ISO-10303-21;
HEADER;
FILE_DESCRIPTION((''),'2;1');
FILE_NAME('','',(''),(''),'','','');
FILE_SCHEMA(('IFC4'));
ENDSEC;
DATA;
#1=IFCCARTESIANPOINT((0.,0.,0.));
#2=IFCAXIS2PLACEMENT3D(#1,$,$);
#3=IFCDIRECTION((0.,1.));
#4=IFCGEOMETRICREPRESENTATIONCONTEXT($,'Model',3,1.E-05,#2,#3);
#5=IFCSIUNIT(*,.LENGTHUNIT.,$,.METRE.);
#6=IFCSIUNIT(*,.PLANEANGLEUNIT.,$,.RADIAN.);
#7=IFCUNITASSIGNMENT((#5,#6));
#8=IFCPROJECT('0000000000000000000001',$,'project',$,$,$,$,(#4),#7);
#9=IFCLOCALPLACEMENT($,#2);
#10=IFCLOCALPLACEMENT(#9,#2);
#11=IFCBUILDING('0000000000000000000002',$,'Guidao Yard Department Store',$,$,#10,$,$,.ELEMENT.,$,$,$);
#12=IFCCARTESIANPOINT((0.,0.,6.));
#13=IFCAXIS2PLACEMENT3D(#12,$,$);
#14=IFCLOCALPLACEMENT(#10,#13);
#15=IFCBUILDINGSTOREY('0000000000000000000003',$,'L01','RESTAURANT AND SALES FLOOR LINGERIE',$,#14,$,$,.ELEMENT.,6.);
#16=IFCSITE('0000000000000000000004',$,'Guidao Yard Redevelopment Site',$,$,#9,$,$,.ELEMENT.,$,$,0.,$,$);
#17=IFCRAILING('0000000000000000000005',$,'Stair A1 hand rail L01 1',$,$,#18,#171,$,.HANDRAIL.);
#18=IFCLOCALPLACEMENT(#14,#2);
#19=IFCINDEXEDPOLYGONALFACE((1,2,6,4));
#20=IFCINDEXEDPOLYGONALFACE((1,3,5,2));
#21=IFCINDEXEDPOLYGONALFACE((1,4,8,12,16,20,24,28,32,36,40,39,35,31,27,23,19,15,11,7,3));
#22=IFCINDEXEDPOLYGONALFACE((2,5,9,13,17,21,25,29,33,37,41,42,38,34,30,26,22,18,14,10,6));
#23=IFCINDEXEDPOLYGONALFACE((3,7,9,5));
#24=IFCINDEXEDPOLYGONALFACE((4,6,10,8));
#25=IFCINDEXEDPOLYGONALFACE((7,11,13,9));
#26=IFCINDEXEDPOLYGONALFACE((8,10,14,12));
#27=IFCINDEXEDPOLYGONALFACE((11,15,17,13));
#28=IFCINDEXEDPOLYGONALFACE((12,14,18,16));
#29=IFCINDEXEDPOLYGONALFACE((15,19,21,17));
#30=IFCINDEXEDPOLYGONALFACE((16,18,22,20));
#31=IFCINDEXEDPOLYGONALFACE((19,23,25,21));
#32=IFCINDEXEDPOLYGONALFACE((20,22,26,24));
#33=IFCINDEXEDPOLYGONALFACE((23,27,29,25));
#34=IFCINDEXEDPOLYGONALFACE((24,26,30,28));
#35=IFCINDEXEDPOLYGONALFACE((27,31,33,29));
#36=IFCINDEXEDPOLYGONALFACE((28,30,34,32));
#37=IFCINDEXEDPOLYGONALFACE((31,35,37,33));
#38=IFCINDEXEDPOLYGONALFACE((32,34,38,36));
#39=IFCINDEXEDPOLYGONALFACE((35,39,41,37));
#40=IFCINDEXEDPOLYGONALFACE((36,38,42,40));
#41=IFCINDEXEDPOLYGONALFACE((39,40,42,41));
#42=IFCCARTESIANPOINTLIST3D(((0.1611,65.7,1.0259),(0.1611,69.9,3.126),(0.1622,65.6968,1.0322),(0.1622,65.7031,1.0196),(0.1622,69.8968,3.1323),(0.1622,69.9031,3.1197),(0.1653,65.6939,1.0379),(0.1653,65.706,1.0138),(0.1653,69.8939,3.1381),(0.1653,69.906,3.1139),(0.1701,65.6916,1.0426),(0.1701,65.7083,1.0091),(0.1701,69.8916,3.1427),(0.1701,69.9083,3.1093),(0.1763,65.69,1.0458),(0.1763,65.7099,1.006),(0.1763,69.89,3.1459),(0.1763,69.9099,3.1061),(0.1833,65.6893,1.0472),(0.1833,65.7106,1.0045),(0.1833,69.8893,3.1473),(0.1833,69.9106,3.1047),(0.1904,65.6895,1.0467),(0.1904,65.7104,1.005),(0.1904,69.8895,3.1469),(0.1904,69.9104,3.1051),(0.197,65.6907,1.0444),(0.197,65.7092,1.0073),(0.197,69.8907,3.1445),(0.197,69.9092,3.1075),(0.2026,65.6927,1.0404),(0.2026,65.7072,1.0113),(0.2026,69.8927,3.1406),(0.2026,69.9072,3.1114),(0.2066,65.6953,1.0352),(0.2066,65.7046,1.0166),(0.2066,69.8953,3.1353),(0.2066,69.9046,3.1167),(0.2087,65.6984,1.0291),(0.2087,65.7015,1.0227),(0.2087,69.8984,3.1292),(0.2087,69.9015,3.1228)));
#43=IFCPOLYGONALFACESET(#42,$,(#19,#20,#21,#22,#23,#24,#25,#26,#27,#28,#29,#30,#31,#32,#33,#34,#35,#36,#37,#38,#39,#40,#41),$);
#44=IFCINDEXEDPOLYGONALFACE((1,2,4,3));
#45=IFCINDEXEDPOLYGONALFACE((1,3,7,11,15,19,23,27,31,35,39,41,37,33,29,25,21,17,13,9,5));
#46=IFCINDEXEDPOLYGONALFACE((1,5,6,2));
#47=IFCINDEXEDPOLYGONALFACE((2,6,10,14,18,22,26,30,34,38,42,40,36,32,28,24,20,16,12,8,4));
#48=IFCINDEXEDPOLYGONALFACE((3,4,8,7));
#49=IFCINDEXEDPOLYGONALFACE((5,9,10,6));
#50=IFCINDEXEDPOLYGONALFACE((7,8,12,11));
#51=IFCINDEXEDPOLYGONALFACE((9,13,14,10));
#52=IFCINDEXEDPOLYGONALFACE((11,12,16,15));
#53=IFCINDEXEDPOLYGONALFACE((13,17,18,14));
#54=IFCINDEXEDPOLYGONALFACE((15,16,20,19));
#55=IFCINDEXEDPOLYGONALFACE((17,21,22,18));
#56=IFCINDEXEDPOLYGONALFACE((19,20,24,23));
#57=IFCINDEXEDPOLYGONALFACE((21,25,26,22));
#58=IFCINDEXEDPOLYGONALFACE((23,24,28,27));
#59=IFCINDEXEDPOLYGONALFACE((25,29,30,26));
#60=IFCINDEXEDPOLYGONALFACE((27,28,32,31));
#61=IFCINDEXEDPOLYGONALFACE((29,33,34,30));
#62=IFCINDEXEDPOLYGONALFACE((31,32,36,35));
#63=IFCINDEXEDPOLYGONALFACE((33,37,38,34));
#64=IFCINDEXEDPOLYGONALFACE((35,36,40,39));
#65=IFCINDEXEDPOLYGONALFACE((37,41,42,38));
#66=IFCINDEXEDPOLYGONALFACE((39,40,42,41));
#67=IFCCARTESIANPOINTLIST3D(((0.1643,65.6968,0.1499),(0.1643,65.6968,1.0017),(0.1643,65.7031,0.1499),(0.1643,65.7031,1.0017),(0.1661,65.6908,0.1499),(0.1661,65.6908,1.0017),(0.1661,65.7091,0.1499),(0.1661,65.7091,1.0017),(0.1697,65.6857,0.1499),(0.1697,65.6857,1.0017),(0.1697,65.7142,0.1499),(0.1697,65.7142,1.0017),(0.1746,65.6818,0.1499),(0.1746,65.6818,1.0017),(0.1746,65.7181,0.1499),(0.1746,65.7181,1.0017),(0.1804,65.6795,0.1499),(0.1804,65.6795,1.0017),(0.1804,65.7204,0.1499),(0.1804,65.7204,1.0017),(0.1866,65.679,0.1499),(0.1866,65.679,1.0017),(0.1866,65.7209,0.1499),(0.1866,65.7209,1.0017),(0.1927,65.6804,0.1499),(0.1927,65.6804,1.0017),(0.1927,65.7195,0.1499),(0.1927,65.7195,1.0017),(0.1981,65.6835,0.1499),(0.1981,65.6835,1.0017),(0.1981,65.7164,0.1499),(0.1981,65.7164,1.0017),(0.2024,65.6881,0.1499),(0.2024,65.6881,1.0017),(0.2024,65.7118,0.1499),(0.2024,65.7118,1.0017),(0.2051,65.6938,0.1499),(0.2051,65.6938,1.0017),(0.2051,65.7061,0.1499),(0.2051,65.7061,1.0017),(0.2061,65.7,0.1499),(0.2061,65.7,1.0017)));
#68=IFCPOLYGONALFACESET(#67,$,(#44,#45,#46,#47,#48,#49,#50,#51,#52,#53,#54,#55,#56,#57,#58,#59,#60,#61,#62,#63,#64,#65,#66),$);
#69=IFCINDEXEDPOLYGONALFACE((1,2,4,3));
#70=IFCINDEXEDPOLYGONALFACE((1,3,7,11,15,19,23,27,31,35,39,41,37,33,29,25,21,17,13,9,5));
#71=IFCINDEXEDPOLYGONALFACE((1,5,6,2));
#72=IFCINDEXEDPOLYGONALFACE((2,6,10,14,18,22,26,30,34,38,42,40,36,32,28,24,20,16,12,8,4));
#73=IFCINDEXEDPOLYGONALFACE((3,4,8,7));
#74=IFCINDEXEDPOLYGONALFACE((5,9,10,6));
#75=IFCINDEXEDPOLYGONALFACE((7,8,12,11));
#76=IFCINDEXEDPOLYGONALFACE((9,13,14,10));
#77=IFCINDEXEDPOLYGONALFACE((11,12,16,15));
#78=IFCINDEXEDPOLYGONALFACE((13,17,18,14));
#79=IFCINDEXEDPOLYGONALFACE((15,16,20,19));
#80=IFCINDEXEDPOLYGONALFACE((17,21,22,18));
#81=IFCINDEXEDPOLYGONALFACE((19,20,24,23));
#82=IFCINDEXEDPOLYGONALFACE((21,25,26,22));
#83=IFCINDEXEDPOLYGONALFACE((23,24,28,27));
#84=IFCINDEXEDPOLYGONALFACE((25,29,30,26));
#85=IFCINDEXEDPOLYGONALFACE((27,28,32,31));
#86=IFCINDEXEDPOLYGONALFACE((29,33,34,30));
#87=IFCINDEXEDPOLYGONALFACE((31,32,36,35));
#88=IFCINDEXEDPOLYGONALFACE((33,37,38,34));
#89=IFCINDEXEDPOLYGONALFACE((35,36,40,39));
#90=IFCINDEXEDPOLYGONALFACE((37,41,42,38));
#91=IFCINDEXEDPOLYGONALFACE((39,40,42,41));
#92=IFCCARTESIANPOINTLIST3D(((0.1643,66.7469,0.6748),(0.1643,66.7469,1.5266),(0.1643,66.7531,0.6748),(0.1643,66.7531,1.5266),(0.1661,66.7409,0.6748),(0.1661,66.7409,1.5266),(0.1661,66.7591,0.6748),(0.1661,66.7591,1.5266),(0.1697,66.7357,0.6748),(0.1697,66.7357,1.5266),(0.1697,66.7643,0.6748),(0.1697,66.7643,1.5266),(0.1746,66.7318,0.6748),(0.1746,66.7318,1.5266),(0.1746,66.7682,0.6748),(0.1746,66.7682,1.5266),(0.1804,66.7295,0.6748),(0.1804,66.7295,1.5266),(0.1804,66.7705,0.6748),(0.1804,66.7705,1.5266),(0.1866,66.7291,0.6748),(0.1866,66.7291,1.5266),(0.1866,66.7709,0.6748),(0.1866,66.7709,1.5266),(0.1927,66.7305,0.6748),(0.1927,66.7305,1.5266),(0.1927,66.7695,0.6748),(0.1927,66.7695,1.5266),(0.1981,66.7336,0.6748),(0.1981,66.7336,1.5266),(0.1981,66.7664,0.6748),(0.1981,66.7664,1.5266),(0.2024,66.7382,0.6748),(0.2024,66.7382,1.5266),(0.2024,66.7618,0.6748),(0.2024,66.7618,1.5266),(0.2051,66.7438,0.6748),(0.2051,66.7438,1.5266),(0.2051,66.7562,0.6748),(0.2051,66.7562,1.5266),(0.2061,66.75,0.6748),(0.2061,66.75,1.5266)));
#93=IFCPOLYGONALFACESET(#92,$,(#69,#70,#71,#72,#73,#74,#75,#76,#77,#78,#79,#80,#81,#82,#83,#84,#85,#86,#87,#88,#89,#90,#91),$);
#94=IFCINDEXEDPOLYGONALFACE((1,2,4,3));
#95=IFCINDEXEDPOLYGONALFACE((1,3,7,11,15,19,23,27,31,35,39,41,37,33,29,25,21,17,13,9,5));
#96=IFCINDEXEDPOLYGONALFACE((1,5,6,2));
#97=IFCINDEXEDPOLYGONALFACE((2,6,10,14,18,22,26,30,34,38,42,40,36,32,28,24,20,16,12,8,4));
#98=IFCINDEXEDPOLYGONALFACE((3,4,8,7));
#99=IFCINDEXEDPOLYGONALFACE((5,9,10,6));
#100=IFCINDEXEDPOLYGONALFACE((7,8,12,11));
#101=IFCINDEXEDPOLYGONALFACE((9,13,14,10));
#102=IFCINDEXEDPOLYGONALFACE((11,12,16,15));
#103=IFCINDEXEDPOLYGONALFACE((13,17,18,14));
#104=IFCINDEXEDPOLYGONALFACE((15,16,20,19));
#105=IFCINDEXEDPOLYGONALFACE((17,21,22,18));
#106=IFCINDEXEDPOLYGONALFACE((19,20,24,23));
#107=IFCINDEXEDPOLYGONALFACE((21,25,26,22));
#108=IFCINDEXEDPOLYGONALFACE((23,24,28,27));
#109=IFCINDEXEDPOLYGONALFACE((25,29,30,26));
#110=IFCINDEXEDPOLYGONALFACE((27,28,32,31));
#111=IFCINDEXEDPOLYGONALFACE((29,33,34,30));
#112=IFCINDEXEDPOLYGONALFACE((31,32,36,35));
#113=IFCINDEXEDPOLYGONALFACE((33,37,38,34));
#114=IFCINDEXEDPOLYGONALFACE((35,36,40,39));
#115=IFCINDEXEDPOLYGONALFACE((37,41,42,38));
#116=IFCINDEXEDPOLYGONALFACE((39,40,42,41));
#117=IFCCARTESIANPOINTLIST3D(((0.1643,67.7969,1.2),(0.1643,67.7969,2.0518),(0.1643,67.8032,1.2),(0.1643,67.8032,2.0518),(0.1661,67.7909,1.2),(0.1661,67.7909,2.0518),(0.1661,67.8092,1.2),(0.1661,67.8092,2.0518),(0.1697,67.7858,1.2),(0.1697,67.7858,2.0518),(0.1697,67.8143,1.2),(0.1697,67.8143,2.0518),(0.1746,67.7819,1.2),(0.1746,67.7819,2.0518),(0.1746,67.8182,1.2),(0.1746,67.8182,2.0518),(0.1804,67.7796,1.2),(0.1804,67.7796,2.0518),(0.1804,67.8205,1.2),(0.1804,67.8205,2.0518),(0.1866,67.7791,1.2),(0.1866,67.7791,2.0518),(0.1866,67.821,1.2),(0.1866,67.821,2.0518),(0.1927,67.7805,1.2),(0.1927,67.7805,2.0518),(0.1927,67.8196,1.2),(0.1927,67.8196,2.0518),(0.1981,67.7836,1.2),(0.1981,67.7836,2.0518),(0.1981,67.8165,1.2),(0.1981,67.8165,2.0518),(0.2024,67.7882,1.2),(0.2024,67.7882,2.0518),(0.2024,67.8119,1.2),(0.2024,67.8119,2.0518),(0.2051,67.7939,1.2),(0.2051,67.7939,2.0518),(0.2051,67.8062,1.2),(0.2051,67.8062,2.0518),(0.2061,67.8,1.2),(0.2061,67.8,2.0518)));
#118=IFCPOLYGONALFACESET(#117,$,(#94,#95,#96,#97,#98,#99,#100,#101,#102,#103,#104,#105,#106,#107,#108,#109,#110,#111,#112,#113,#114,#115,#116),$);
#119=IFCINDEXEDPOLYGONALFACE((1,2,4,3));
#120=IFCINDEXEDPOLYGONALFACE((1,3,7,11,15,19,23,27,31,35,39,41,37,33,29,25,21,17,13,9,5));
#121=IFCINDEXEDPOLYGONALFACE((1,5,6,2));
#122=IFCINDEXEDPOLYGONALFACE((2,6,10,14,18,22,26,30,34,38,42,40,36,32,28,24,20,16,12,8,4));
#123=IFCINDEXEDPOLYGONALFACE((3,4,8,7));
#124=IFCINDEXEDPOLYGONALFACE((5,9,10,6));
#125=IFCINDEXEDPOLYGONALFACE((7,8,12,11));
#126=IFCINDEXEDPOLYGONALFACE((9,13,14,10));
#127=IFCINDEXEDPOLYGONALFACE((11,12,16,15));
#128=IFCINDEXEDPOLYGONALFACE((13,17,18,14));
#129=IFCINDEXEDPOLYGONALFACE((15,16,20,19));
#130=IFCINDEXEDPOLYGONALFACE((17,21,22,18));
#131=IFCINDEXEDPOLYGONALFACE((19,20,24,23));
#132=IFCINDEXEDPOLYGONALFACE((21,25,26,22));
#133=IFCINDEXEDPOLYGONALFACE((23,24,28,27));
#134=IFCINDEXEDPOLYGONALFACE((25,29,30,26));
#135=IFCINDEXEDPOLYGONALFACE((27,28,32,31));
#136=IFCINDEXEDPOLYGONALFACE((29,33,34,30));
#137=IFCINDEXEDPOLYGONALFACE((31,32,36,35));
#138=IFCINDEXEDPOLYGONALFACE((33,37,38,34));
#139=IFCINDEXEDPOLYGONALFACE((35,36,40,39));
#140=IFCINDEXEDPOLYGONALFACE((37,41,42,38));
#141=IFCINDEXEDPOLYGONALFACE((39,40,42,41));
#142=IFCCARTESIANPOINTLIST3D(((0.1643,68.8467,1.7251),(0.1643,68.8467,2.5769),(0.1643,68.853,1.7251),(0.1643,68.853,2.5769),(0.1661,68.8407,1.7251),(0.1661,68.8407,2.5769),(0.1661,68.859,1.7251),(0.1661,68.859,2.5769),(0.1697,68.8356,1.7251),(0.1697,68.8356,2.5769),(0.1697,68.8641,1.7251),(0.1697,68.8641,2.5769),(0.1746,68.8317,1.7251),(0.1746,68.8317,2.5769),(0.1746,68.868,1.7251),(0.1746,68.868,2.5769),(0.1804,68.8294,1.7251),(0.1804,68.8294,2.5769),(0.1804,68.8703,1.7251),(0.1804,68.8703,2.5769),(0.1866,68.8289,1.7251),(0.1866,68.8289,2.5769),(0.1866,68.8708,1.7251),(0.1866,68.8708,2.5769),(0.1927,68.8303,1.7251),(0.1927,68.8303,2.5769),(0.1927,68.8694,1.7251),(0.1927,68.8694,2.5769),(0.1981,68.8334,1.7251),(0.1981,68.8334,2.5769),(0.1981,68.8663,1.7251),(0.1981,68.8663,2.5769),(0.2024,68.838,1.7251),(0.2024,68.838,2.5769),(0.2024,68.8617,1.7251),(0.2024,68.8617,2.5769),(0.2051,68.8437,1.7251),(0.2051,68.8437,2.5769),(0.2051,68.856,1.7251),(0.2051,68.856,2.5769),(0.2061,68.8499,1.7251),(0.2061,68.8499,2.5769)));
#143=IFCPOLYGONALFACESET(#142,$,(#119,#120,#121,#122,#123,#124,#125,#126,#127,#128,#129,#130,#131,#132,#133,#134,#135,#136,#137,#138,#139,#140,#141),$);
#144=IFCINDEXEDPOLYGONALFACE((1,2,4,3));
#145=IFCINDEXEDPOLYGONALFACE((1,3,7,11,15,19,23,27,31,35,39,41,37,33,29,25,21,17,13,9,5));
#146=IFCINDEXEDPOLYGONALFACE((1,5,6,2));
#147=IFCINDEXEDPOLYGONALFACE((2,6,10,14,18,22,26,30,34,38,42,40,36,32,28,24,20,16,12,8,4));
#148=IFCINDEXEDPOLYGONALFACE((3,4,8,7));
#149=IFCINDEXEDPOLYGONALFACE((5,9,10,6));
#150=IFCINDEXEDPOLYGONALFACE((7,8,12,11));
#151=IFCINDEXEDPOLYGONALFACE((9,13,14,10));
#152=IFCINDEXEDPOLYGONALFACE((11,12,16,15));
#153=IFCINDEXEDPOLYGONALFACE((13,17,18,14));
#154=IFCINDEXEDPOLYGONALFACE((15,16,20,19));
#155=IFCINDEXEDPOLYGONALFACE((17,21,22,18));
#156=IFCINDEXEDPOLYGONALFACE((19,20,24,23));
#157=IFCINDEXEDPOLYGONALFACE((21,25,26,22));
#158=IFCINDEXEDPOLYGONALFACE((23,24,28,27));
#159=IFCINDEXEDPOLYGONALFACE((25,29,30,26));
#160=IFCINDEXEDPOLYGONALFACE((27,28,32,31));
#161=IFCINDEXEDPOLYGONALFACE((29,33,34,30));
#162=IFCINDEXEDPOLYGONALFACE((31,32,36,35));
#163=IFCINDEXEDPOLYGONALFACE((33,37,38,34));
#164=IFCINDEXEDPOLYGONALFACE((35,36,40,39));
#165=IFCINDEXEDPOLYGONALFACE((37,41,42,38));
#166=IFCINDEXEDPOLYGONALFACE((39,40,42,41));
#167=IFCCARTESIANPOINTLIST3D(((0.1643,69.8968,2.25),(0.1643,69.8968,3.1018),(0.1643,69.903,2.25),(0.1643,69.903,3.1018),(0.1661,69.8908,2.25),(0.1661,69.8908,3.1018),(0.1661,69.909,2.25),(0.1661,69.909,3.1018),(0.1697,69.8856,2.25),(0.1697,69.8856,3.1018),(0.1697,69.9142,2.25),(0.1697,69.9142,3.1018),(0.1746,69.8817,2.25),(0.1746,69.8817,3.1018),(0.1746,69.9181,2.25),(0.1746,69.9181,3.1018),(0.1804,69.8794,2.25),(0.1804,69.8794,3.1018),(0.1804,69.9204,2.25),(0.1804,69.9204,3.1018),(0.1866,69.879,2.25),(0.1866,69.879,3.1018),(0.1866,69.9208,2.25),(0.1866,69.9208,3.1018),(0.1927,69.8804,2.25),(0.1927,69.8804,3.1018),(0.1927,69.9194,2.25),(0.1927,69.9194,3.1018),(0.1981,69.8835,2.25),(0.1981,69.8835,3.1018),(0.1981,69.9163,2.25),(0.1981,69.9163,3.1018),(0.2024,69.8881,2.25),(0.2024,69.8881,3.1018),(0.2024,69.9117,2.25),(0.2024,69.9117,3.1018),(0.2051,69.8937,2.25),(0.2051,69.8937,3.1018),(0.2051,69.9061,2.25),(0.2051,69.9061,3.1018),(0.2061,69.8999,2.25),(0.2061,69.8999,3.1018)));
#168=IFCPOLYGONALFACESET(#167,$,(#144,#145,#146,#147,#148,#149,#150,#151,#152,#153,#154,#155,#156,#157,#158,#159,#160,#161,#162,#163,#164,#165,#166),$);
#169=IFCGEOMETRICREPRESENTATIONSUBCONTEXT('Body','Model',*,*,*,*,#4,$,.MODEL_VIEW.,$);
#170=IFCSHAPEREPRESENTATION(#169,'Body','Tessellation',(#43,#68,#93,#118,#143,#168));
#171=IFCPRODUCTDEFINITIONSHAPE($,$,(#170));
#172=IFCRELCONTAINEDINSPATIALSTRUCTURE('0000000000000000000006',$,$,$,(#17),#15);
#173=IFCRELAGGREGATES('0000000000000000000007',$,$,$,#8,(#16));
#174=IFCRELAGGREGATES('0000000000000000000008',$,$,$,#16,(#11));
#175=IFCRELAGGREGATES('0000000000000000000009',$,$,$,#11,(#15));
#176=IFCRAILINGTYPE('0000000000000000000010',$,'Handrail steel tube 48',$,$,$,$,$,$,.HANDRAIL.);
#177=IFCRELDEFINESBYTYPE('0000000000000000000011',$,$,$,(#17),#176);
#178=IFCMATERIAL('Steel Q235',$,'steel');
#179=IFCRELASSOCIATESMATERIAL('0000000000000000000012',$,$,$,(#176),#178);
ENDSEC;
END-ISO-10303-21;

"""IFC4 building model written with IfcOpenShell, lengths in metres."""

from ifc_helpers import new_model, si_unit, direction, frame, origin, origin_2d, place, context, subcontext, project, spatial, circle, extrude, material, type_object, element, save


model = new_model("IFC4")

# Units and contexts
model_context = context("Model", 3, precision=1e-05, world=origin(), true_north=direction((0.0, 1.0)))
body_context = subcontext(model_context, "Body", "Model", "MODEL_VIEW")
ifc_project = project(units=[si_unit("LENGTHUNIT", "METRE"), si_unit("PLANEANGLEUNIT", "RADIAN")], contexts=[model_context])

# Site, building, storey
site_placement = place(None, origin())
site = spatial("IfcSite", under=ifc_project, at=site_placement, Name="Guidao Yard Redevelopment Site", CompositionType="ELEMENT", RefElevation=0.0)
building_placement = place(site_placement, origin())
building = spatial("IfcBuilding", under=site, at=building_placement, Name="Guidao Yard Department Store", CompositionType="ELEMENT")
storey_placement = place(building_placement, frame((0.0, 0.0, 6.0)))
storey = spatial("IfcBuildingStorey", under=building, at=storey_placement, Name="L01", Description="RESTAURANT AND SALES FLOOR LINGERIE", CompositionType="ELEMENT", Elevation=6.0)

# Railing
ifc_material_1 = material(Name="Steel Q235", Category="steel")
railing_type_1 = type_object("IfcRailingType", Name="Handrail steel tube 48", PredefinedType="HANDRAIL", material=ifc_material_1)
for number, where, name in (
    (1, (0.1851, 65.7, 0.1499), "Stair A1 hand rail L01 1"),
):
    element("IfcRailing", number, at=place(storey_placement, frame(where)), inside=storey, type_object=railing_type_1, Name=name, PredefinedType="HANDRAIL", context=body_context, shape_type="SweptSolid", body=[
        extrude(circle(Radius=0.0239, at=origin_2d()), frame((0.0, 0.0, 0.876), z_axis=(0.0, 0.894417, 0.447234), x_axis=(-1.0, 0.0, 0.0)), (0.0, 0.0, 1.0), 4.6958),
        extrude(circle(Radius=0.021, at=origin_2d()), origin(), (0.0, 0.0, 1.0), 0.8518),
        extrude(circle(Radius=0.021, at=origin_2d()), frame((0.0, 1.05, 0.5249)), (0.0, 0.0, 1.0), 0.8518),
        extrude(circle(Radius=0.021, at=origin_2d()), frame((0.0, 2.1001, 1.05)), (0.0, 0.0, 1.0), 0.8518),
        extrude(circle(Radius=0.021, at=origin_2d()), frame((0.0, 3.1499, 1.5752)), (0.0, 0.0, 1.0), 0.8518),
        extrude(circle(Radius=0.021, at=origin_2d()), frame((0.0, 4.2, 2.1001)), (0.0, 0.0, 1.0), 0.8518),
    ])

save(model, "model.ifc")
